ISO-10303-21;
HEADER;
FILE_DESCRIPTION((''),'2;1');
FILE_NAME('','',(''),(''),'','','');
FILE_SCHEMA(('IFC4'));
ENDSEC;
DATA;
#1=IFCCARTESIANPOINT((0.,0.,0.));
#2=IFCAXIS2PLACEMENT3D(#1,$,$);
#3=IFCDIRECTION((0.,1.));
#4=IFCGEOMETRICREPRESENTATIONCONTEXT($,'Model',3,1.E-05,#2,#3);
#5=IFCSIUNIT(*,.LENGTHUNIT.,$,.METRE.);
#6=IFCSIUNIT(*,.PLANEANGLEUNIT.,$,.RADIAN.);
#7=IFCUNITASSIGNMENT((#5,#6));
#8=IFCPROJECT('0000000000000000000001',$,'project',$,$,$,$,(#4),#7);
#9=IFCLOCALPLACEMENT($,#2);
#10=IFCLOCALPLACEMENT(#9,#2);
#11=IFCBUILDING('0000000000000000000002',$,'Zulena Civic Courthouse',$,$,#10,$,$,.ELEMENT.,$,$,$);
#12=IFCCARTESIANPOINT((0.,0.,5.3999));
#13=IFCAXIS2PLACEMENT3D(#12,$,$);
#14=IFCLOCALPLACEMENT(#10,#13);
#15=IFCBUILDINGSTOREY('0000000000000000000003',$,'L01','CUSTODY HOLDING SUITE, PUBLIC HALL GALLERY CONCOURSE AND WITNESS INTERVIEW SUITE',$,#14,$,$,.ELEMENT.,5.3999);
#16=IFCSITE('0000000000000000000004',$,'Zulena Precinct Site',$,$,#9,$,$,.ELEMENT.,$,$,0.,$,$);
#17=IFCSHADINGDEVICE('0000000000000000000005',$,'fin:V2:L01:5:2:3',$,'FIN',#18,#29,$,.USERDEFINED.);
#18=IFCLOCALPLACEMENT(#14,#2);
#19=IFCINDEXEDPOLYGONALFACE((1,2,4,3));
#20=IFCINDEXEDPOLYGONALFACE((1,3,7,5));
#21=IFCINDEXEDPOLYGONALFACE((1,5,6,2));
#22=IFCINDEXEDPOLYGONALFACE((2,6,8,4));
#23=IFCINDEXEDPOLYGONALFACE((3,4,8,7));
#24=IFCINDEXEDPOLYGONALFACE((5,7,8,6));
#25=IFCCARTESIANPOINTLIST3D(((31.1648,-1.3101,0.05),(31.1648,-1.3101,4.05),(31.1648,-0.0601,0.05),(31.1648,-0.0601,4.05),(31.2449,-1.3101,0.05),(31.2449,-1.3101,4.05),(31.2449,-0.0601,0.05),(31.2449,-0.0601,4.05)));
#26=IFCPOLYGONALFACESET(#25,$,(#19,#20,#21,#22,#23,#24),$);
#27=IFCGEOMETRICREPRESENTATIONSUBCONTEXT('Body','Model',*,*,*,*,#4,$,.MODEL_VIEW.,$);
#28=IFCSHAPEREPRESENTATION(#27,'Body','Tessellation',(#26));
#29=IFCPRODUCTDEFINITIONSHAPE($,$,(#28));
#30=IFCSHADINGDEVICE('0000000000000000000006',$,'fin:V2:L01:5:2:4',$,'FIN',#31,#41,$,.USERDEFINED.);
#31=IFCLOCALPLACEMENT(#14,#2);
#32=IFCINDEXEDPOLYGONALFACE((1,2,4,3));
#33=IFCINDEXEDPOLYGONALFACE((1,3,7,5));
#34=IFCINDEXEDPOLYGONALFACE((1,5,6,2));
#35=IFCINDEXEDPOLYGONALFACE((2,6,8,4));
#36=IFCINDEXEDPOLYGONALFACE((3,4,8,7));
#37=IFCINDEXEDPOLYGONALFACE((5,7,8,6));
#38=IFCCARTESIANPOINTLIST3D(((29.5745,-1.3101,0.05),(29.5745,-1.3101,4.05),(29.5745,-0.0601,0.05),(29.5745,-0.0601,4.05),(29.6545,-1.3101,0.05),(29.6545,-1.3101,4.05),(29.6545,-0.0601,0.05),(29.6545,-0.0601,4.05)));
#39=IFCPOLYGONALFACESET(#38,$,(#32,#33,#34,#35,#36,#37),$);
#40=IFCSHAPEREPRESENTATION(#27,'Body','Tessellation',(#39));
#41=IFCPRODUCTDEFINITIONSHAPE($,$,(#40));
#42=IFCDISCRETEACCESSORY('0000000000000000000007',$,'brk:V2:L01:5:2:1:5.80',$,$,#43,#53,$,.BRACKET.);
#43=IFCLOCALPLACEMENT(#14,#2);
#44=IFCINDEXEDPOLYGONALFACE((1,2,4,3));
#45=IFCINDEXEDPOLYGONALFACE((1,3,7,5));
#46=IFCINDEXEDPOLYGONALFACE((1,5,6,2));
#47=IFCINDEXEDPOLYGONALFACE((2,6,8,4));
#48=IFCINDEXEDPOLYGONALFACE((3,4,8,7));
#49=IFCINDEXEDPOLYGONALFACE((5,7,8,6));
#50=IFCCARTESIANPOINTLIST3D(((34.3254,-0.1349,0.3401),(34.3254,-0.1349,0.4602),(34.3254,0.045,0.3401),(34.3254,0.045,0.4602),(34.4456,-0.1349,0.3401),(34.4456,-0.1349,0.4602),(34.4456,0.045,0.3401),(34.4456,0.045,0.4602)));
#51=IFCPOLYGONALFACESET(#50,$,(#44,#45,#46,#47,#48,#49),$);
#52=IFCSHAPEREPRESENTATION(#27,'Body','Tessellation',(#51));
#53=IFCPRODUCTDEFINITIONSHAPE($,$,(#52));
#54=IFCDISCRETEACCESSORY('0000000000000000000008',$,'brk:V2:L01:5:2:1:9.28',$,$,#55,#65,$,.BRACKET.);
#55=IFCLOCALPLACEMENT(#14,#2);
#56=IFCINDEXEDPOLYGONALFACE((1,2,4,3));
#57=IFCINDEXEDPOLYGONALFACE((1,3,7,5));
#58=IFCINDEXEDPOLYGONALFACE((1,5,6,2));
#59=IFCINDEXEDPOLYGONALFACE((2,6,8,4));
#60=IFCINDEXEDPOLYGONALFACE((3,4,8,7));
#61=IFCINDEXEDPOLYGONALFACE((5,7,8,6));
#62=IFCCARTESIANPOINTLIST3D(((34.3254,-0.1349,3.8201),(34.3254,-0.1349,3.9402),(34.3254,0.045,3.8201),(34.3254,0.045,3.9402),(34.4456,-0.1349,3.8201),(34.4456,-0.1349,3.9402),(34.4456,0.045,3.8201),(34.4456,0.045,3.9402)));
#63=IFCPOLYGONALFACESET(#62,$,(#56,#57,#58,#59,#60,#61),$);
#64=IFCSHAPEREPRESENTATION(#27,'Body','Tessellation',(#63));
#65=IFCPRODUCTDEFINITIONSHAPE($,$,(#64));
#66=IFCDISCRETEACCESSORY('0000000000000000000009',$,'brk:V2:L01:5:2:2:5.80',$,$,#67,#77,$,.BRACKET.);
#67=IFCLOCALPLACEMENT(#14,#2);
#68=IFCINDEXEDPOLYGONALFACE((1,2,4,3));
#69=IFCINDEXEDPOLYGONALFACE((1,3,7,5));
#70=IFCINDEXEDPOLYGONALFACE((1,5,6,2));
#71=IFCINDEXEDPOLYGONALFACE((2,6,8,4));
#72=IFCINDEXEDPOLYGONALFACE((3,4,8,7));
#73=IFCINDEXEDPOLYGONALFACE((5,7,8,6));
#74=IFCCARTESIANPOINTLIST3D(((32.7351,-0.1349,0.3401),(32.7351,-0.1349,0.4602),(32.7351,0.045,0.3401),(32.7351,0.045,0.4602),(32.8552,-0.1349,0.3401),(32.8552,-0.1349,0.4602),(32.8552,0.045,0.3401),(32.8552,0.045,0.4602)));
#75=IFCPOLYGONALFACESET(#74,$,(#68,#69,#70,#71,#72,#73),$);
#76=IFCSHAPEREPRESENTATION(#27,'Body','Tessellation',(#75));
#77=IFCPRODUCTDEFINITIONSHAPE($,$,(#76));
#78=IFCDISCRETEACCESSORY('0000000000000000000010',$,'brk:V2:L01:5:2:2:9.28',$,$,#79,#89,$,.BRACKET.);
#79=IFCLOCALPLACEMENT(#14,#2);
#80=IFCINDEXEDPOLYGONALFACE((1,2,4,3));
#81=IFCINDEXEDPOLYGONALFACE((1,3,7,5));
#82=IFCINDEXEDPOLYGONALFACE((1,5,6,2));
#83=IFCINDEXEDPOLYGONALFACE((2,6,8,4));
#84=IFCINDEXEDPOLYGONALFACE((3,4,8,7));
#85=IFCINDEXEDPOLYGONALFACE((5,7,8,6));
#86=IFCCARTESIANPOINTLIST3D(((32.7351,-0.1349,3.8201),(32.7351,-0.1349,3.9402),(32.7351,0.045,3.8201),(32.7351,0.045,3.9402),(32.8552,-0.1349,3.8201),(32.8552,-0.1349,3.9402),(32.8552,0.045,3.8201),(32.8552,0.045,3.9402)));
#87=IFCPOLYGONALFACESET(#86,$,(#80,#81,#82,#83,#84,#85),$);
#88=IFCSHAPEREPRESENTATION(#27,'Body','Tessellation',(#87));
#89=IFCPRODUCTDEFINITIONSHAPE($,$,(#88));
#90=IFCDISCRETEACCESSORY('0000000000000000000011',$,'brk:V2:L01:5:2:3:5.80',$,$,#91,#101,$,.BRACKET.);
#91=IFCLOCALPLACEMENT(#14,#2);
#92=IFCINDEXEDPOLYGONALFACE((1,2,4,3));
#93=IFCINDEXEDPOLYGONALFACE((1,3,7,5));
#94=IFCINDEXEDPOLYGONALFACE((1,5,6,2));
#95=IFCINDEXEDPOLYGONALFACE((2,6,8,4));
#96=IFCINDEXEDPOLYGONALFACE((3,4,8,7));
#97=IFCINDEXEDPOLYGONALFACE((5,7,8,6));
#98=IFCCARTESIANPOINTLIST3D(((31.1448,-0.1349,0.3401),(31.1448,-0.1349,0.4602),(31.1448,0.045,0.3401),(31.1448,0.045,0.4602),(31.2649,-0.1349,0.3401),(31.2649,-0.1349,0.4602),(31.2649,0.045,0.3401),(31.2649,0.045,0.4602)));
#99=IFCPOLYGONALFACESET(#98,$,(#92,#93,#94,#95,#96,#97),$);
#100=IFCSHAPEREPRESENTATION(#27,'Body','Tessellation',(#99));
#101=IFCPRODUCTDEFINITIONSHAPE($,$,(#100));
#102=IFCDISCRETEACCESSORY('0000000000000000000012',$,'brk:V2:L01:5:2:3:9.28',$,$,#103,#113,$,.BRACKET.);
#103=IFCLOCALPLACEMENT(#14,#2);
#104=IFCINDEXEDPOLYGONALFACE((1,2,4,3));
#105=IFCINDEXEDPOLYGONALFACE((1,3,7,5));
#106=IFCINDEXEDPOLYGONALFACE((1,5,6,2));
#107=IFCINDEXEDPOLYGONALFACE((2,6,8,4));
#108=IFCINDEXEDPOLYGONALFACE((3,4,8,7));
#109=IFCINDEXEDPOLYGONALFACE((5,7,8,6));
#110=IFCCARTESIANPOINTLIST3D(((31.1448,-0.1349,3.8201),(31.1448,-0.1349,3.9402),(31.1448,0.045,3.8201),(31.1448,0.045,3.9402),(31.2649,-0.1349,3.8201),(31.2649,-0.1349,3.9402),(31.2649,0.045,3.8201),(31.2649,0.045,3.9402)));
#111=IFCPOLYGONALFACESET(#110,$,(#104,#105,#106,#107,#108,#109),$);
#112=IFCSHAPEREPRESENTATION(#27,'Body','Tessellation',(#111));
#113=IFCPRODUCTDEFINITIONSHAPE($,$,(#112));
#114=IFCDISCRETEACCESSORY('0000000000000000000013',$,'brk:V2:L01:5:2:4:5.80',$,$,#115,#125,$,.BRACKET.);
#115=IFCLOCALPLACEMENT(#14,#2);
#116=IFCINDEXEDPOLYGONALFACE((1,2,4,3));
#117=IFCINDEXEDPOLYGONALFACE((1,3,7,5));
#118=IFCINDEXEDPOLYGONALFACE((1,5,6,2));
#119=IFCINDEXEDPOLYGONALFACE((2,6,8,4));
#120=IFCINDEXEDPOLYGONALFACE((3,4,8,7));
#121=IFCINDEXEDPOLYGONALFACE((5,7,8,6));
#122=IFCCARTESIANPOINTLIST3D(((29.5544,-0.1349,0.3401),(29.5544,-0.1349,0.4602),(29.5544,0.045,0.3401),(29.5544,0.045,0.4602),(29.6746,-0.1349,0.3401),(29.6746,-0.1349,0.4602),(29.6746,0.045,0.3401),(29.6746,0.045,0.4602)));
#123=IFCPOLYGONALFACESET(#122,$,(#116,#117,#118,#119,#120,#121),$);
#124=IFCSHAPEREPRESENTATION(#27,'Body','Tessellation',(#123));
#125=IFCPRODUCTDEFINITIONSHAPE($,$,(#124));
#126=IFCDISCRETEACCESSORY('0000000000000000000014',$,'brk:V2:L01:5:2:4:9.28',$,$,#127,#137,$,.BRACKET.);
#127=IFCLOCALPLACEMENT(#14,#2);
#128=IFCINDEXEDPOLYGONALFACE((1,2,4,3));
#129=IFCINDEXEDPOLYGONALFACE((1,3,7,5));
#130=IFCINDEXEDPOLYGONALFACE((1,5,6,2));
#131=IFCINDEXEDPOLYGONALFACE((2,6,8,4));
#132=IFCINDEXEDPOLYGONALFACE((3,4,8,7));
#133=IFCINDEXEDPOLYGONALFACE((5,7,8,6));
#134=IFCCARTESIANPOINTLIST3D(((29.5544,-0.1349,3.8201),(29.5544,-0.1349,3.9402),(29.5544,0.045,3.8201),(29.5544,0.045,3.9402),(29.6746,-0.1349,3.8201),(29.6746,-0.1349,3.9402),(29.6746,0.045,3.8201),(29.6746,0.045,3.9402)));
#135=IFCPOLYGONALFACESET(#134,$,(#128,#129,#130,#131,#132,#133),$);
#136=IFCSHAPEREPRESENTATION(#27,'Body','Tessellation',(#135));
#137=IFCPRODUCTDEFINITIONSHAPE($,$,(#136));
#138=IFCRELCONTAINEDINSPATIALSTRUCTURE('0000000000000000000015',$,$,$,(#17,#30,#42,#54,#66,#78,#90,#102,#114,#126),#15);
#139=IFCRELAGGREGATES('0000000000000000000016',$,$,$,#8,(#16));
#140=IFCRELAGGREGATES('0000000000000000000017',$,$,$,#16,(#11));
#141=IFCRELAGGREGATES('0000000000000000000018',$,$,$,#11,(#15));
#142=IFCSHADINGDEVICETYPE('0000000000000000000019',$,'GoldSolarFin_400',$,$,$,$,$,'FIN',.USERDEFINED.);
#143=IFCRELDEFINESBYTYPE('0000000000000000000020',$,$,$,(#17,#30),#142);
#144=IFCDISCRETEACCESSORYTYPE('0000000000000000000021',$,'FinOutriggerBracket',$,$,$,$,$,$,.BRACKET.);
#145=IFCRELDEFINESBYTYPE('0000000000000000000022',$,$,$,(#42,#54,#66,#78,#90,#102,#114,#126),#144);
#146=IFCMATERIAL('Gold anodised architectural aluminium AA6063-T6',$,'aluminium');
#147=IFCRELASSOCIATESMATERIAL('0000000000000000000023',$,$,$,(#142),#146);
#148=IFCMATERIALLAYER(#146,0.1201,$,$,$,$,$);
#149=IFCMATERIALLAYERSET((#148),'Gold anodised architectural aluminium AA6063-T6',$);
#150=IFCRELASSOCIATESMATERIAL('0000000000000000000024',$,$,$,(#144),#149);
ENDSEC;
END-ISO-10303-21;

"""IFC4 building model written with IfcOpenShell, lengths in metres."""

from ifc_helpers import new_model, si_unit, direction, frame, origin, origin_2d, place, context, subcontext, project, spatial, rectangle, extrude, material, layer, layer_set, type_object, element, save


model = new_model("IFC4")

# Units and contexts
model_context = context("Model", 3, precision=1e-05, world=origin(), true_north=direction((0.0, 1.0)))
body_context = subcontext(model_context, "Body", "Model", "MODEL_VIEW")
ifc_project = project(units=[si_unit("LENGTHUNIT", "METRE"), si_unit("PLANEANGLEUNIT", "RADIAN")], contexts=[model_context])

# Site, building, storey
site_placement = place(None, origin())
site = spatial("IfcSite", under=ifc_project, at=site_placement, Name="Zulena Precinct Site", CompositionType="ELEMENT", RefElevation=0.0)
building_placement = place(site_placement, origin())
building = spatial("IfcBuilding", under=site, at=building_placement, Name="Zulena Civic Courthouse", CompositionType="ELEMENT")
storey_placement = place(building_placement, frame((0.0, 0.0, 5.3999)))
storey = spatial("IfcBuildingStorey", under=building, at=storey_placement, Name="L01", Description="CUSTODY HOLDING SUITE, PUBLIC HALL GALLERY CONCOURSE AND WITNESS INTERVIEW SUITE", CompositionType="ELEMENT", Elevation=5.3999)

# Shading devices
ifc_material_1 = material(Name="Gold anodised architectural aluminium AA6063-T6", Category="aluminium")
shading_device_type = type_object("IfcShadingDeviceType", Name="GoldSolarFin_400", ElementType="FIN", PredefinedType="USERDEFINED", material=ifc_material_1)
for number, where, z_axis, x_axis, name in (
    (1, (31.2048, -0.6851, 0.05), (0.0, 0.0, 1.0), (0.0, -1.0, 0.0), "fin:V2:L01:5:2:3"),
    (2, (29.6145, -0.6851, 0.05), (0.0, 0.0, 1.0), (0.0, -1.0, 0.0), "fin:V2:L01:5:2:4"),
):
    element("IfcShadingDevice", number, at=place(storey_placement, frame(where, z_axis=z_axis, x_axis=x_axis)), inside=storey, type_object=shading_device_type, Name=name, ObjectType="FIN", PredefinedType="USERDEFINED", context=body_context, shape_type="SweptSolid", body=[
        extrude(rectangle(XDim=1.25, YDim=0.0801, at=origin_2d()), origin(), (0.0, 0.0, 1.0), 4.0),
    ])

# Discrete accessories
ifc_layer_1 = layer(ifc_material_1, 0.1201)
ifc_layer_set_1 = layer_set([ifc_layer_1], Name="Gold anodised architectural aluminium AA6063-T6")
discrete_accessory_type = type_object("IfcDiscreteAccessoryType", Name="FinOutriggerBracket", PredefinedType="BRACKET", material=ifc_layer_set_1)
for number, where, z_axis, x_axis, name in (
    (3, (34.3855, -0.0449, 0.3401), (0.0, 0.0, 1.0), (0.0, -1.0, 0.0), "brk:V2:L01:5:2:1:5.80"),
    (4, (34.3855, -0.0449, 3.8201), (0.0, 0.0, 1.0), (0.0, -1.0, 0.0), "brk:V2:L01:5:2:1:9.28"),
    (5, (32.7952, -0.0449, 0.3401), (0.0, 0.0, 1.0), (0.0, -1.0, 0.0), "brk:V2:L01:5:2:2:5.80"),
    (6, (32.7952, -0.0449, 3.8201), (0.0, 0.0, 1.0), (0.0, -1.0, 0.0), "brk:V2:L01:5:2:2:9.28"),
    (7, (31.2048, -0.0449, 0.3401), (0.0, 0.0, 1.0), (0.0, -1.0, 0.0), "brk:V2:L01:5:2:3:5.80"),
    (8, (31.2048, -0.0449, 3.8201), (0.0, 0.0, 1.0), (0.0, -1.0, 0.0), "brk:V2:L01:5:2:3:9.28"),
    (9, (29.6145, -0.0449, 0.3401), (0.0, 0.0, 1.0), (0.0, -1.0, 0.0), "brk:V2:L01:5:2:4:5.80"),
    (10, (29.6145, -0.0449, 3.8201), (0.0, 0.0, 1.0), (0.0, -1.0, 0.0), "brk:V2:L01:5:2:4:9.28"),
):
    element("IfcDiscreteAccessory", number, at=place(storey_placement, frame(where, z_axis=z_axis, x_axis=x_axis)), inside=storey, type_object=discrete_accessory_type, Name=name, PredefinedType="BRACKET", context=body_context, shape_type="SweptSolid", body=[
        extrude(rectangle(XDim=0.1799, YDim=0.1201, at=origin_2d()), origin(), (0.0, 0.0, 1.0), 0.1201),
    ])

save(model, "model.ifc")
